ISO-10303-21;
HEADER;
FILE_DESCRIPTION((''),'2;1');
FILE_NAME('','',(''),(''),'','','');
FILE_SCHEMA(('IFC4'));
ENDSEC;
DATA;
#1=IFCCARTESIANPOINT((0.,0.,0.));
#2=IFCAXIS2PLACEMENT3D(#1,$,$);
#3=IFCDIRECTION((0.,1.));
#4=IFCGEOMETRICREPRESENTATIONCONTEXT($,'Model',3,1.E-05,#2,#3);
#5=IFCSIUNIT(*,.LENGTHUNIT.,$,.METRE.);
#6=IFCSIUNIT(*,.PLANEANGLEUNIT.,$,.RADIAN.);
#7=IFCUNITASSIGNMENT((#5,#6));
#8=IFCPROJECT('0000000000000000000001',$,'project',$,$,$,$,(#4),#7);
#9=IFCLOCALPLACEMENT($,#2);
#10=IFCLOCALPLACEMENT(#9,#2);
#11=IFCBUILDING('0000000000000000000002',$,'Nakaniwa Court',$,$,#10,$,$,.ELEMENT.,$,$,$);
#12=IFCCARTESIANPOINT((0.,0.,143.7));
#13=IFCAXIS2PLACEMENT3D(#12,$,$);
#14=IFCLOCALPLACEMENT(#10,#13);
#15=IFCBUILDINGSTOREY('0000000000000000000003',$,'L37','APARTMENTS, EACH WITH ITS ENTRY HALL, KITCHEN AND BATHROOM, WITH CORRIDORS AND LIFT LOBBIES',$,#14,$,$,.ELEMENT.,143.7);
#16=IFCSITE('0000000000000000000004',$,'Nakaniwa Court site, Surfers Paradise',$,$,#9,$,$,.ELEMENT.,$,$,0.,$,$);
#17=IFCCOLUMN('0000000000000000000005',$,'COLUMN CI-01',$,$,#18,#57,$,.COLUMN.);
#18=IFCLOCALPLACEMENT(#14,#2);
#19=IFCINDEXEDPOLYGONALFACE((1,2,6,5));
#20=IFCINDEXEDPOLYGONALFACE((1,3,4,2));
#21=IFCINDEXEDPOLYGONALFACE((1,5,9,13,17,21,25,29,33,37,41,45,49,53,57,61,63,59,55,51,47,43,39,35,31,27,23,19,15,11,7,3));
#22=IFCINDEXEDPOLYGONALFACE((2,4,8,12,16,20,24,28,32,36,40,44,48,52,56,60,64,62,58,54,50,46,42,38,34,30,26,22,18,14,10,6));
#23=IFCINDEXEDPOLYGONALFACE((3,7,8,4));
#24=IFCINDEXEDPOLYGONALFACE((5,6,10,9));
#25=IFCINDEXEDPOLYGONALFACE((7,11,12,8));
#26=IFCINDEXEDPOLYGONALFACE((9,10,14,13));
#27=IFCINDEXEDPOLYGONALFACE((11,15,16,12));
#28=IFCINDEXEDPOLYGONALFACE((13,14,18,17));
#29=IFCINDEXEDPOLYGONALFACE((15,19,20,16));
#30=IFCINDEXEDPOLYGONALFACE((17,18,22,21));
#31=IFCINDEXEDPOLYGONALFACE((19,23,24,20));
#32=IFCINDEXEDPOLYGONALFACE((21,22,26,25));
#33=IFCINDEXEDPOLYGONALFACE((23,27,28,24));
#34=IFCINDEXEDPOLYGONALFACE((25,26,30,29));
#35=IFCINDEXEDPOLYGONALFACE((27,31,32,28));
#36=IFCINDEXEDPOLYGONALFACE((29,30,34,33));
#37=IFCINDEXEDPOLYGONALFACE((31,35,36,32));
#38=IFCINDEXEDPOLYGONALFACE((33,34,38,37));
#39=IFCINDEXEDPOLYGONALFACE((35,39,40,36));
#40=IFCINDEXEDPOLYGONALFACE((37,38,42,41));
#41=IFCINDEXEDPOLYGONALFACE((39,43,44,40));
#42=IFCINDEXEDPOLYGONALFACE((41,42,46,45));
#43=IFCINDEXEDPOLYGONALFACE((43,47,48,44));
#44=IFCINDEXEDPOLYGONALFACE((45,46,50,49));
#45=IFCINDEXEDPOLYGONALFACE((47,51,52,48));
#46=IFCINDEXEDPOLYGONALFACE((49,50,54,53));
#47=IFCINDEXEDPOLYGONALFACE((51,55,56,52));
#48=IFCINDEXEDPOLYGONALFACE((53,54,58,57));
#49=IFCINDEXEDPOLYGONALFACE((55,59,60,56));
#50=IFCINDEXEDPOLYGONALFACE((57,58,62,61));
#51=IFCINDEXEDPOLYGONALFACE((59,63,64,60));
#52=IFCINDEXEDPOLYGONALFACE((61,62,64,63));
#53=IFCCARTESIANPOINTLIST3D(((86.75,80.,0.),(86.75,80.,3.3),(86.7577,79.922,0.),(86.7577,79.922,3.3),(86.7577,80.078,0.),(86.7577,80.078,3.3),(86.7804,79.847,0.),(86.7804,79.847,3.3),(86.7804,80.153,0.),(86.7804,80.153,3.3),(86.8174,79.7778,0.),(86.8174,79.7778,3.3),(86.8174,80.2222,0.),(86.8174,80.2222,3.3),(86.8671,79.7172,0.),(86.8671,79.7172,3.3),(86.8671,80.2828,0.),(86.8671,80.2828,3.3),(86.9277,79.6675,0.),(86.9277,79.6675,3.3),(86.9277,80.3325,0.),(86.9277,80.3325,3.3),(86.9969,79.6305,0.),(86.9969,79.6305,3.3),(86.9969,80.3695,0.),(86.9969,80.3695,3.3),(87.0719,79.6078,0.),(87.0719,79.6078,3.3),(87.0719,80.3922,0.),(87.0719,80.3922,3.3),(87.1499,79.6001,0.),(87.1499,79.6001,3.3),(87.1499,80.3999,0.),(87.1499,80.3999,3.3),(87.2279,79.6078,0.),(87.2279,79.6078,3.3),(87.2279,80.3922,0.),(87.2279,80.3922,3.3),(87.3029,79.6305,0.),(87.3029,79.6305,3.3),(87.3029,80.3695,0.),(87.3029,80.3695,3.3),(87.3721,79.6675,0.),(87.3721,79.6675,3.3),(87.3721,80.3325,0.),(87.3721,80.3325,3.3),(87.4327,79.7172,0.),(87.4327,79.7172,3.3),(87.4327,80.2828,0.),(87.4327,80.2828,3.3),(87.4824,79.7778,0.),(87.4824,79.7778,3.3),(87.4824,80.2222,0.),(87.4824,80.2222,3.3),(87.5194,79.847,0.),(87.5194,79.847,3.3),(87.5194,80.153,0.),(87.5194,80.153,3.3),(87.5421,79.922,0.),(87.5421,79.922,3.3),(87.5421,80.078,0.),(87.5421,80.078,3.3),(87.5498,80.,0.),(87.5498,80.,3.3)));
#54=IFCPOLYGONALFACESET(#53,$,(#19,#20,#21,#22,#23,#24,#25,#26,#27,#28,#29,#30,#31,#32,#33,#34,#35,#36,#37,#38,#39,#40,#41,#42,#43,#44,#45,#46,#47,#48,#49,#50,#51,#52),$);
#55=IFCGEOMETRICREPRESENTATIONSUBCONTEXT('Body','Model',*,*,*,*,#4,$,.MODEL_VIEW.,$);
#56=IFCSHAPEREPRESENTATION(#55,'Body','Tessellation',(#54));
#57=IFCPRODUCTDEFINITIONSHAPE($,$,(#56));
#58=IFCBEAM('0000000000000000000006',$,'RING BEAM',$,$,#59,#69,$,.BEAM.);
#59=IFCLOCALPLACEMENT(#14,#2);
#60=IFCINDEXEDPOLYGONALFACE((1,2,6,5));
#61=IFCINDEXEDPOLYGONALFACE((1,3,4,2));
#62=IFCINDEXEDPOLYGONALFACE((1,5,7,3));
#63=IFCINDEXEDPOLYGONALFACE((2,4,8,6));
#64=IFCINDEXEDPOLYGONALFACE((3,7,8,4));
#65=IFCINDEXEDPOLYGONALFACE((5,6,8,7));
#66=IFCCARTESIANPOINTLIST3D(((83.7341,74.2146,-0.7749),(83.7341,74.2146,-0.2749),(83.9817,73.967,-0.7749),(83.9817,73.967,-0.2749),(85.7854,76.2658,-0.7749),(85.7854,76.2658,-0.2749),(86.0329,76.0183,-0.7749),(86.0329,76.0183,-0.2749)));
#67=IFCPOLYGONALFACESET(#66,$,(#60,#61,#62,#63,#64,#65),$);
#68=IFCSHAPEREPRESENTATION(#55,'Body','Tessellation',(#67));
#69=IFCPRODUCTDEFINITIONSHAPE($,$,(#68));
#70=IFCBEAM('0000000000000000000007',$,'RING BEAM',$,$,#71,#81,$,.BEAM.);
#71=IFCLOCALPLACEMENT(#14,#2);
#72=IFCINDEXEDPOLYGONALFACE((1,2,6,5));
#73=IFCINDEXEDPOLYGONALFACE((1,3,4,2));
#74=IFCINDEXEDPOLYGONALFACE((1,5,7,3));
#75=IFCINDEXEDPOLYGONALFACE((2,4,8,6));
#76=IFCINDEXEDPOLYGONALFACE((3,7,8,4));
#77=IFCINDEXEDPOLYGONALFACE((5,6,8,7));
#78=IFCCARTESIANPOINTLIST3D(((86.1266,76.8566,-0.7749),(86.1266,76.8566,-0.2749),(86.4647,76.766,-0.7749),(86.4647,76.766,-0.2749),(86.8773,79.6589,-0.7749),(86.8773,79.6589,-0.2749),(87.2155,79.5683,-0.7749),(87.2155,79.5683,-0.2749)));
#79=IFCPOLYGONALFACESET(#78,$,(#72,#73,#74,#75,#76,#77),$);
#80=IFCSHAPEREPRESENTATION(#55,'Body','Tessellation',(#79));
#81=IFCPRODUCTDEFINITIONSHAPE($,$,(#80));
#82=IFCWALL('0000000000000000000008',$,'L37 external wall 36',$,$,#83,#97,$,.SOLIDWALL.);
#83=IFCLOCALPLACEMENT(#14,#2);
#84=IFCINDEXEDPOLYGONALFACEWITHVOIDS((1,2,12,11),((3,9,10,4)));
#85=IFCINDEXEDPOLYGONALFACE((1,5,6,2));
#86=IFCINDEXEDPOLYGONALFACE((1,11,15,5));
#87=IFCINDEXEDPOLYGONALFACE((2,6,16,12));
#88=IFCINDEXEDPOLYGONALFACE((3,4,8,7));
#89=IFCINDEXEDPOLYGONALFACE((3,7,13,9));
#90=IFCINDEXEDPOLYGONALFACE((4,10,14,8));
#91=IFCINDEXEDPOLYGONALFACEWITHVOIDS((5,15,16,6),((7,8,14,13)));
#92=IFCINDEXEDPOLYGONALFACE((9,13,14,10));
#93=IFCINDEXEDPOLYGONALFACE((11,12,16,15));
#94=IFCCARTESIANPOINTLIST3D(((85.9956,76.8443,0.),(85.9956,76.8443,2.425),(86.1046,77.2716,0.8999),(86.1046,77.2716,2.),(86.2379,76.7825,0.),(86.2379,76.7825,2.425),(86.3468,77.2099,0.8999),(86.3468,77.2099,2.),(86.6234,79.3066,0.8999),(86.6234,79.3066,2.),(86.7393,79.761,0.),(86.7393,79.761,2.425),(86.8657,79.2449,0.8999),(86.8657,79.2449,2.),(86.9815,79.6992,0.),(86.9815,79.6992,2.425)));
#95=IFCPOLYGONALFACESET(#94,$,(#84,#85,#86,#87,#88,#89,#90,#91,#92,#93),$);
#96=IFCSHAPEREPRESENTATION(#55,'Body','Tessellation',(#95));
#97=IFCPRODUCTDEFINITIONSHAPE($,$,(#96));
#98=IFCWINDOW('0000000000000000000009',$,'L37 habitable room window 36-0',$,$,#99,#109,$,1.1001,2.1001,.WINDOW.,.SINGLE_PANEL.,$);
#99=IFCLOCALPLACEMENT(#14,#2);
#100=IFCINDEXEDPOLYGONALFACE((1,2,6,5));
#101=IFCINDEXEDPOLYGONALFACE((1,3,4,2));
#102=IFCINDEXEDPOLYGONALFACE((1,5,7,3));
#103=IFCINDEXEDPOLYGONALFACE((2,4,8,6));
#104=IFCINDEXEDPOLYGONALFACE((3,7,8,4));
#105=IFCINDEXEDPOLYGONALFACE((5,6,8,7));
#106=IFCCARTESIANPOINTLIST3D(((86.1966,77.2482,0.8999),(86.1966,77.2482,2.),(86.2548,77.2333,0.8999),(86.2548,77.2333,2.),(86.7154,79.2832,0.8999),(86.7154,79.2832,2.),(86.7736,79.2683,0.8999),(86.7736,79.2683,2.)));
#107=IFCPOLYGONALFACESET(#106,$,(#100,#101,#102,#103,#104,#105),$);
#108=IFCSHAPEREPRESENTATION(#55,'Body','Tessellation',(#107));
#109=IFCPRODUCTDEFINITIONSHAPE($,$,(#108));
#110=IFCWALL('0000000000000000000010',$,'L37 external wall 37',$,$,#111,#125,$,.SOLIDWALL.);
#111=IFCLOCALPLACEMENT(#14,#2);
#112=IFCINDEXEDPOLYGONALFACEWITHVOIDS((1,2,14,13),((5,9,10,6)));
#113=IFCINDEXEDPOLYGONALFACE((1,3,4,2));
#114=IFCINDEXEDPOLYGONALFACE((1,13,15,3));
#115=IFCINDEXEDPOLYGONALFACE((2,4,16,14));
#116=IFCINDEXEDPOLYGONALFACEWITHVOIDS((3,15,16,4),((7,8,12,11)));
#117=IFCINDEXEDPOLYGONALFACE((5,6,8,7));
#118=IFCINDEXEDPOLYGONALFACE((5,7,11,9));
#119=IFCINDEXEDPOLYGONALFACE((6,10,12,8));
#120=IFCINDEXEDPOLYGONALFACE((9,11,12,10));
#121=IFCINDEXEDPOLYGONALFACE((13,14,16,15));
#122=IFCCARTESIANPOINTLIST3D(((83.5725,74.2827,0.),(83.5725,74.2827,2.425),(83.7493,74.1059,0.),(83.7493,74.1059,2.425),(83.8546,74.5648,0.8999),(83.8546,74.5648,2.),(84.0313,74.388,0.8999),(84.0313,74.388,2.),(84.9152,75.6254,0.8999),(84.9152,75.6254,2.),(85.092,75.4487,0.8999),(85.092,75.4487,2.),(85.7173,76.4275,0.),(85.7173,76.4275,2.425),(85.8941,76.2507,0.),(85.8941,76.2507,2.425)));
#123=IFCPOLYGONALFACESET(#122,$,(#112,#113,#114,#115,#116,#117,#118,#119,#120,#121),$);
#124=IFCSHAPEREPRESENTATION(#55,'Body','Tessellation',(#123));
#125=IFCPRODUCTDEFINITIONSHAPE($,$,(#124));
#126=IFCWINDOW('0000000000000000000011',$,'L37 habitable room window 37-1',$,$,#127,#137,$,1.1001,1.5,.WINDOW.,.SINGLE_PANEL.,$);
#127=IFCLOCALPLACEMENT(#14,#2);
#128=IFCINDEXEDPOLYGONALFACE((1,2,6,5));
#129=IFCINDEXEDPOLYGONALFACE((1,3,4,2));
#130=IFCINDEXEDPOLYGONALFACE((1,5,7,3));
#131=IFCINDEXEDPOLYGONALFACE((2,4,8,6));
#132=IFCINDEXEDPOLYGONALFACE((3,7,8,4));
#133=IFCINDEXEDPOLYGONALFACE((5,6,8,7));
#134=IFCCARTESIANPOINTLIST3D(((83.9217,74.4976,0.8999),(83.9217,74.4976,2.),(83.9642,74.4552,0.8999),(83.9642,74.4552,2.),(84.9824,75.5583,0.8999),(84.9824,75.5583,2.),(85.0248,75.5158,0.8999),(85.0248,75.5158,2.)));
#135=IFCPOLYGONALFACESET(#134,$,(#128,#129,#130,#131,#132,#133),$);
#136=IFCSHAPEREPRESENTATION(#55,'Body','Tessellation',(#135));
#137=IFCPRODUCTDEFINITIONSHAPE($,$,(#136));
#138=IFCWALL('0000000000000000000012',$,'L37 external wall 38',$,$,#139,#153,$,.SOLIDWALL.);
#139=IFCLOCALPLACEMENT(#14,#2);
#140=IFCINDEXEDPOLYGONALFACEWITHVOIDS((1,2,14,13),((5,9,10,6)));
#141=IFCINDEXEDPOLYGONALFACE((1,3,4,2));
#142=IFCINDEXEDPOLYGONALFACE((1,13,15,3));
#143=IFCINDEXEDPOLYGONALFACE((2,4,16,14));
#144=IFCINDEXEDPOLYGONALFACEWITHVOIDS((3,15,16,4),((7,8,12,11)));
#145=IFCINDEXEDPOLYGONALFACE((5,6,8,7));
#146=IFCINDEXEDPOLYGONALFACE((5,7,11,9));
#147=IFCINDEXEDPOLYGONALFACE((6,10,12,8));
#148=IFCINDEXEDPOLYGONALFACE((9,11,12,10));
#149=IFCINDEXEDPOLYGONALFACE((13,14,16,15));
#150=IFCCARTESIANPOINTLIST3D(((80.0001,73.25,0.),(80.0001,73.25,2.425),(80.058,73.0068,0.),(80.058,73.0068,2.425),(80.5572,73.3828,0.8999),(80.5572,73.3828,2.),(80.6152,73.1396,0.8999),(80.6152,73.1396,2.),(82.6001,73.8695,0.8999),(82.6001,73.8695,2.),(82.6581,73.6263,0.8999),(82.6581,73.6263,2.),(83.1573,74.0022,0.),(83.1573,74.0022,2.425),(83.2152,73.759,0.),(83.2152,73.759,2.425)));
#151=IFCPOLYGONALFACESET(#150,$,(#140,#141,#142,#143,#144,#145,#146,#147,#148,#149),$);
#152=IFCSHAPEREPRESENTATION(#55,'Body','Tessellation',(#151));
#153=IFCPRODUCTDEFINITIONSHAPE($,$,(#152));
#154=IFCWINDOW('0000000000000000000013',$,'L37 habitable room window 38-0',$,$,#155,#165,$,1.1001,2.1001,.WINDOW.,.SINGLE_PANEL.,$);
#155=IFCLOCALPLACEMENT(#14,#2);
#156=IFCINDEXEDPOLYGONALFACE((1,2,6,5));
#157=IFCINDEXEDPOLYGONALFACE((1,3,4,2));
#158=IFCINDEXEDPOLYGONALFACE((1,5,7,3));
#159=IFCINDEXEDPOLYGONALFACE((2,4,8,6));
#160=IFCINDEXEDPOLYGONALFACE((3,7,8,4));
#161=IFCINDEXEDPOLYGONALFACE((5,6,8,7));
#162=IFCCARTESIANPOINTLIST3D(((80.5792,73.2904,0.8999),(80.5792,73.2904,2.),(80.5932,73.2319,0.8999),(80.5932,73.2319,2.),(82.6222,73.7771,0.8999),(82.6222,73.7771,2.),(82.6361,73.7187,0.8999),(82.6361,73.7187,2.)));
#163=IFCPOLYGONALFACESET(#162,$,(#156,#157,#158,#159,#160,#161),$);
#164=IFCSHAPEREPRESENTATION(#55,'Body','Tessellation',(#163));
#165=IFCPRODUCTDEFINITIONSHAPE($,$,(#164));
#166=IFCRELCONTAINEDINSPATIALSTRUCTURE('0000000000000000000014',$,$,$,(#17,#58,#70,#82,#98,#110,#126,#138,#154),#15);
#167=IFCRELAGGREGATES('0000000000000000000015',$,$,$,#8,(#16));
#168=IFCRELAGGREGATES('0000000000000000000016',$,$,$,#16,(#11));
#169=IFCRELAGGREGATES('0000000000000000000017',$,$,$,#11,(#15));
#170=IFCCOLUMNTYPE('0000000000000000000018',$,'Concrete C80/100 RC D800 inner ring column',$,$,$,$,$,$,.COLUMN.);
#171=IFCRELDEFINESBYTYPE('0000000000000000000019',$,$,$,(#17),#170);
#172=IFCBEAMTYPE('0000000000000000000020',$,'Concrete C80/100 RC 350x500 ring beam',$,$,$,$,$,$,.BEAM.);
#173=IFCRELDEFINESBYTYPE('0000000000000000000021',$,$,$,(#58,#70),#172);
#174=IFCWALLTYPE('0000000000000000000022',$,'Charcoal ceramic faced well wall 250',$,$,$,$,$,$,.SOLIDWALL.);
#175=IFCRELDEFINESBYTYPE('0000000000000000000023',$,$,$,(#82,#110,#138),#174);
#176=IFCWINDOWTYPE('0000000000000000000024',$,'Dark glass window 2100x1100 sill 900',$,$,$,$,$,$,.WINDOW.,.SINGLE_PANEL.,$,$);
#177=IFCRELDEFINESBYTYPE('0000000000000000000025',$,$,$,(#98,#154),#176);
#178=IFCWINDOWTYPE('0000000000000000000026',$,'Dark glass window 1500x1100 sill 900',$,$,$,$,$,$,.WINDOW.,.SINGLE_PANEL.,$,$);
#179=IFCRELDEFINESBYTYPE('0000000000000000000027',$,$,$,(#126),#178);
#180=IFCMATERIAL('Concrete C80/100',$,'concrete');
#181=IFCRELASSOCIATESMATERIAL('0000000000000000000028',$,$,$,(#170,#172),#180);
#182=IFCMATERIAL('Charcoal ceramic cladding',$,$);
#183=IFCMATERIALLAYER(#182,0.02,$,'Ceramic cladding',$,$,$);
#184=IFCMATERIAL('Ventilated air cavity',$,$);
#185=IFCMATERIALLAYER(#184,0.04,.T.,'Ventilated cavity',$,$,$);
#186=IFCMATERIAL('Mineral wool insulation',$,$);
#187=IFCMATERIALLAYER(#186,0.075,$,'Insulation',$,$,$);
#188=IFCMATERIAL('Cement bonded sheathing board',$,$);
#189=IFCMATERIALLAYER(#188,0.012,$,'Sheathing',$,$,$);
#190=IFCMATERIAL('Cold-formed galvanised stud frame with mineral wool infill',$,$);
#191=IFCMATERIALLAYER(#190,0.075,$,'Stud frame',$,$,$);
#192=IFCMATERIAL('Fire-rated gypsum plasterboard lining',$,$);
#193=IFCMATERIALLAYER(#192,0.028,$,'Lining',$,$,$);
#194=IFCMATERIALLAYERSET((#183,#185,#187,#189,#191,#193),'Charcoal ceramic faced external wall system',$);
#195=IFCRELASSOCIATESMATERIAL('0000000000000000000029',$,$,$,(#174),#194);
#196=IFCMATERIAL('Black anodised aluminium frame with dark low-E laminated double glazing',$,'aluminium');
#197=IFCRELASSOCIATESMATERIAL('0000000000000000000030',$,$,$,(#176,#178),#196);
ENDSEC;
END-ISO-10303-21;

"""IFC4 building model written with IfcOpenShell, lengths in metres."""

from ifc_helpers import new_model, si_unit, direction, frame, frame_2d, origin, origin_2d, place, context, subcontext, project, spatial, rectangle, circle, extrude, material, layer, layer_set, material_profile, profile_set, type_object, element, fill, save


model = new_model("IFC4")

# Units and contexts
model_context = context("Model", 3, precision=1e-05, world=origin(), true_north=direction((0.0, 1.0)))
body_context = subcontext(model_context, "Body", "Model", "MODEL_VIEW")
ifc_project = project(units=[si_unit("LENGTHUNIT", "METRE"), si_unit("PLANEANGLEUNIT", "RADIAN")], contexts=[model_context])

# Site, building, storey
site_placement = place(None, origin())
site = spatial("IfcSite", under=ifc_project, at=site_placement, Name="Nakaniwa Court site, Surfers Paradise", CompositionType="ELEMENT", RefElevation=0.0)
building_placement = place(site_placement, origin())
building = spatial("IfcBuilding", under=site, at=building_placement, Name="Nakaniwa Court", CompositionType="ELEMENT")
storey_placement = place(building_placement, frame((0.0, 0.0, 143.7)))
storey = spatial("IfcBuildingStorey", under=building, at=storey_placement, Name="L37", Description="APARTMENTS, EACH WITH ITS ENTRY HALL, KITCHEN AND BATHROOM, WITH CORRIDORS AND LIFT LOBBIES", CompositionType="ELEMENT", Elevation=143.7)

# Column
ifc_material_1 = material(Name="Concrete C80/100", Category="concrete")
ifc_material_profile_1 = material_profile(ifc_material_1, circle(Radius=0.3999, at=origin_2d()), Name="Concrete C80/100 RC D800 inner ring column")
ifc_profile_set_1 = profile_set([ifc_material_profile_1], Name="Concrete C80/100")
column_type = type_object("IfcColumnType", Name="Concrete C80/100 RC D800 inner ring column", PredefinedType="COLUMN", material=ifc_profile_set_1)
for number, where, z_axis, x_axis, name in (
    (1, (87.1499, 80.0, 0.0), (0.0, 0.0, 1.0), (0.0, 1.0, 0.0), "COLUMN CI-01"),
):
    element("IfcColumn", number, at=place(storey_placement, frame(where, z_axis=z_axis, x_axis=x_axis)), inside=storey, type_object=column_type, Name=name, PredefinedType="COLUMN", context=body_context, shape_type="SweptSolid", body=[
        extrude(circle(Radius=0.3999, at=origin_2d()), origin(), (0.0, 0.0, 1.0), 3.3),
    ])

# Beams
ifc_material_profile_2 = material_profile(ifc_material_1, rectangle(XDim=0.3501, YDim=0.5, at=origin_2d()), Name="Concrete C80/100 RC 350x500 ring beam")
ifc_profile_set_2 = profile_set([ifc_material_profile_2], Name="Concrete C80/100")
beam_type = type_object("IfcBeamType", Name="Concrete C80/100 RC 350x500 ring beam", PredefinedType="BEAM", material=ifc_profile_set_2)
beam_1_placement = place(storey_placement, frame((83.8579, 74.0908, -0.5249), z_axis=(0.707107, 0.707107, 0.0), x_axis=(-0.707107, 0.707107, 0.0)))
element("IfcBeam", 2, at=beam_1_placement, inside=storey, type_object=beam_type, Name="RING BEAM", PredefinedType="BEAM", context=body_context, shape_type="SweptSolid", body=[
    extrude(rectangle(XDim=0.3501, YDim=0.5, at=origin_2d()), origin(), (0.0, 0.0, 1.0), 2.9009),
])
beam_2_placement = place(storey_placement, frame((86.2957, 76.8113, -0.5249), z_axis=(0.258778, 0.965937, 0.0), x_axis=(-0.965937, 0.258778, 0.0)))
element("IfcBeam", 3, at=beam_2_placement, inside=storey, type_object=beam_type, Name="RING BEAM", PredefinedType="BEAM", context=body_context, shape_type="SweptSolid", body=[
    extrude(rectangle(XDim=0.3501, YDim=0.5, at=origin_2d()), origin(), (0.0, 0.0, 1.0), 2.9011),
])

# Walls, openings, windows
ifc_material_2 = material(Name="Charcoal ceramic cladding")
ifc_layer_1 = layer(ifc_material_2, 0.02, Name="Ceramic cladding")
ifc_material_3 = material(Name="Ventilated air cavity")
ifc_layer_2 = layer(ifc_material_3, 0.04, ventilated=True, Name="Ventilated cavity")
ifc_material_4 = material(Name="Mineral wool insulation")
ifc_layer_3 = layer(ifc_material_4, 0.075, Name="Insulation")
ifc_material_5 = material(Name="Cement bonded sheathing board")
ifc_layer_4 = layer(ifc_material_5, 0.012, Name="Sheathing")
ifc_material_6 = material(Name="Cold-formed galvanised stud frame with mineral wool infill")
ifc_layer_5 = layer(ifc_material_6, 0.075, Name="Stud frame")
ifc_material_7 = material(Name="Fire-rated gypsum plasterboard lining")
ifc_layer_6 = layer(ifc_material_7, 0.028, Name="Lining")
ifc_layer_set_1 = layer_set([ifc_layer_1, ifc_layer_2, ifc_layer_3, ifc_layer_4, ifc_layer_5, ifc_layer_6], Name="Charcoal ceramic faced external wall system")
wall_type_1 = type_object("IfcWallType", Name="Charcoal ceramic faced well wall 250", PredefinedType="SOLIDWALL", material=ifc_layer_set_1)
wall_1_placement = place(storey_placement, frame((86.8604, 79.73, 0.0), z_axis=(0.0, 0.0, 1.0), x_axis=(-0.247056, -0.969001, 0.0)))
wall_1 = element("IfcWall", 4, at=wall_1_placement, inside=storey, type_object=wall_type_1, Name="L37 external wall 36", PredefinedType="SOLIDWALL", context=body_context, shape_type="SweptSolid", body=[
    extrude(rectangle(XDim=3.01, YDim=0.25, at=frame_2d((1.5049, 0.0))), origin(), (0.0, 0.0, 1.0), 2.425),
])
opening_1_placement = place(wall_1_placement, frame((0.4688, 0.0, 0.8999)))
opening_1 = element("IfcOpeningElement", 5, at=opening_1_placement, cuts=wall_1, PredefinedType="OPENING", context=body_context, shape_type="SweptSolid", body=[
    extrude(rectangle(XDim=2.1001, YDim=1.1001, at=frame_2d((1.05, 0.55))), frame((0.0, 0.135, 0.0), z_axis=(0.0, -1.0, 0.0), x_axis=(1.0, 0.0, 0.0)), (0.0, 0.0, 1.0), 0.27),
])
ifc_material_8 = material(Name="Black anodised aluminium frame with dark low-E laminated double glazing", Category="aluminium")
window_type_1 = type_object("IfcWindowType", Name="Dark glass window 2100x1100 sill 900", PartitioningType="SINGLE_PANEL", PredefinedType="WINDOW", material=ifc_material_8)
window_1_placement = place(opening_1_placement, origin())
window_1 = element("IfcWindow", 6, at=window_1_placement, inside=storey, type_object=window_type_1, Name="L37 habitable room window 36-0", OverallHeight=1.1001, OverallWidth=2.1001, PartitioningType="SINGLE_PANEL", PredefinedType="WINDOW", context=body_context, shape_type="SweptSolid", body=[
    extrude(rectangle(XDim=2.1001, YDim=1.1001, at=frame_2d((1.05, 0.55))), frame((0.0, 0.03, 0.0), z_axis=(0.0, -1.0, 0.0), x_axis=(1.0, 0.0, 0.0)), (0.0, 0.0, 1.0), 0.0601),
])
fill(opening_1, window_1)
wall_2_placement = place(storey_placement, frame((85.8057, 76.3391, 0.0), z_axis=(0.0, 0.0, 1.0), x_axis=(-0.707107, -0.707107, 0.0)))
wall_2 = element("IfcWall", 7, at=wall_2_placement, inside=storey, type_object=wall_type_1, Name="L37 external wall 37", PredefinedType="SOLIDWALL", context=body_context, shape_type="SweptSolid", body=[
    extrude(rectangle(XDim=3.0332, YDim=0.25, at=frame_2d((1.5166, 0.0))), origin(), (0.0, 0.0, 1.0), 2.425),
])
opening_2_placement = place(wall_2_placement, frame((1.1343, 0.0, 0.8999)))
opening_2 = element("IfcOpeningElement", 8, at=opening_2_placement, cuts=wall_2, PredefinedType="OPENING", context=body_context, shape_type="SweptSolid", body=[
    extrude(rectangle(XDim=1.5, YDim=1.1001, at=frame_2d((0.75, 0.55))), frame((0.0, 0.135, 0.0), z_axis=(0.0, -1.0, 0.0), x_axis=(1.0, 0.0, 0.0)), (0.0, 0.0, 1.0), 0.27),
])
window_type_2 = type_object("IfcWindowType", Name="Dark glass window 1500x1100 sill 900", PartitioningType="SINGLE_PANEL", PredefinedType="WINDOW", material=ifc_material_8)
window_2_placement = place(opening_2_placement, origin())
window_2 = element("IfcWindow", 9, at=window_2_placement, inside=storey, type_object=window_type_2, Name="L37 habitable room window 37-1", OverallHeight=1.1001, OverallWidth=1.5, PartitioningType="SINGLE_PANEL", PredefinedType="WINDOW", context=body_context, shape_type="SweptSolid", body=[
    extrude(rectangle(XDim=1.5, YDim=1.1001, at=frame_2d((0.75, 0.55))), frame((0.0, 0.03, 0.0), z_axis=(0.0, -1.0, 0.0), x_axis=(1.0, 0.0, 0.0)), (0.0, 0.0, 1.0), 0.0601),
])
fill(opening_2, window_2)
wall_3_placement = place(storey_placement, frame((83.1863, 73.8806, 0.0), z_axis=(0.0, 0.0, 1.0), x_axis=(-0.972773, -0.23176, 0.0)))
wall_3 = element("IfcWall", 10, at=wall_3_placement, inside=storey, type_object=wall_type_1, Name="L37 external wall 38", PredefinedType="SOLIDWALL", context=body_context, shape_type="SweptSolid", body=[
    extrude(rectangle(XDim=3.2456, YDim=0.25, at=frame_2d((1.6228, 0.0))), origin(), (0.0, 0.0, 1.0), 2.425),
])
opening_3_placement = place(wall_3_placement, frame((0.5728, 0.0, 0.8999)))
opening_3 = element("IfcOpeningElement", 11, at=opening_3_placement, cuts=wall_3, PredefinedType="OPENING", context=body_context, shape_type="SweptSolid", body=[
    extrude(rectangle(XDim=2.1001, YDim=1.1001, at=frame_2d((1.05, 0.55))), frame((0.0, 0.135, 0.0), z_axis=(0.0, -1.0, 0.0), x_axis=(1.0, 0.0, 0.0)), (0.0, 0.0, 1.0), 0.27),
])
window_3_placement = place(opening_3_placement, origin())
window_3 = element("IfcWindow", 12, at=window_3_placement, inside=storey, type_object=window_type_1, Name="L37 habitable room window 38-0", OverallHeight=1.1001, OverallWidth=2.1001, PartitioningType="SINGLE_PANEL", PredefinedType="WINDOW", context=body_context, shape_type="SweptSolid", body=[
    extrude(rectangle(XDim=2.1001, YDim=1.1001, at=frame_2d((1.05, 0.55))), frame((0.0, 0.03, 0.0), z_axis=(0.0, -1.0, 0.0), x_axis=(1.0, 0.0, 0.0)), (0.0, 0.0, 1.0), 0.0601),
])
fill(opening_3, window_3)

save(model, "model.ifc")
